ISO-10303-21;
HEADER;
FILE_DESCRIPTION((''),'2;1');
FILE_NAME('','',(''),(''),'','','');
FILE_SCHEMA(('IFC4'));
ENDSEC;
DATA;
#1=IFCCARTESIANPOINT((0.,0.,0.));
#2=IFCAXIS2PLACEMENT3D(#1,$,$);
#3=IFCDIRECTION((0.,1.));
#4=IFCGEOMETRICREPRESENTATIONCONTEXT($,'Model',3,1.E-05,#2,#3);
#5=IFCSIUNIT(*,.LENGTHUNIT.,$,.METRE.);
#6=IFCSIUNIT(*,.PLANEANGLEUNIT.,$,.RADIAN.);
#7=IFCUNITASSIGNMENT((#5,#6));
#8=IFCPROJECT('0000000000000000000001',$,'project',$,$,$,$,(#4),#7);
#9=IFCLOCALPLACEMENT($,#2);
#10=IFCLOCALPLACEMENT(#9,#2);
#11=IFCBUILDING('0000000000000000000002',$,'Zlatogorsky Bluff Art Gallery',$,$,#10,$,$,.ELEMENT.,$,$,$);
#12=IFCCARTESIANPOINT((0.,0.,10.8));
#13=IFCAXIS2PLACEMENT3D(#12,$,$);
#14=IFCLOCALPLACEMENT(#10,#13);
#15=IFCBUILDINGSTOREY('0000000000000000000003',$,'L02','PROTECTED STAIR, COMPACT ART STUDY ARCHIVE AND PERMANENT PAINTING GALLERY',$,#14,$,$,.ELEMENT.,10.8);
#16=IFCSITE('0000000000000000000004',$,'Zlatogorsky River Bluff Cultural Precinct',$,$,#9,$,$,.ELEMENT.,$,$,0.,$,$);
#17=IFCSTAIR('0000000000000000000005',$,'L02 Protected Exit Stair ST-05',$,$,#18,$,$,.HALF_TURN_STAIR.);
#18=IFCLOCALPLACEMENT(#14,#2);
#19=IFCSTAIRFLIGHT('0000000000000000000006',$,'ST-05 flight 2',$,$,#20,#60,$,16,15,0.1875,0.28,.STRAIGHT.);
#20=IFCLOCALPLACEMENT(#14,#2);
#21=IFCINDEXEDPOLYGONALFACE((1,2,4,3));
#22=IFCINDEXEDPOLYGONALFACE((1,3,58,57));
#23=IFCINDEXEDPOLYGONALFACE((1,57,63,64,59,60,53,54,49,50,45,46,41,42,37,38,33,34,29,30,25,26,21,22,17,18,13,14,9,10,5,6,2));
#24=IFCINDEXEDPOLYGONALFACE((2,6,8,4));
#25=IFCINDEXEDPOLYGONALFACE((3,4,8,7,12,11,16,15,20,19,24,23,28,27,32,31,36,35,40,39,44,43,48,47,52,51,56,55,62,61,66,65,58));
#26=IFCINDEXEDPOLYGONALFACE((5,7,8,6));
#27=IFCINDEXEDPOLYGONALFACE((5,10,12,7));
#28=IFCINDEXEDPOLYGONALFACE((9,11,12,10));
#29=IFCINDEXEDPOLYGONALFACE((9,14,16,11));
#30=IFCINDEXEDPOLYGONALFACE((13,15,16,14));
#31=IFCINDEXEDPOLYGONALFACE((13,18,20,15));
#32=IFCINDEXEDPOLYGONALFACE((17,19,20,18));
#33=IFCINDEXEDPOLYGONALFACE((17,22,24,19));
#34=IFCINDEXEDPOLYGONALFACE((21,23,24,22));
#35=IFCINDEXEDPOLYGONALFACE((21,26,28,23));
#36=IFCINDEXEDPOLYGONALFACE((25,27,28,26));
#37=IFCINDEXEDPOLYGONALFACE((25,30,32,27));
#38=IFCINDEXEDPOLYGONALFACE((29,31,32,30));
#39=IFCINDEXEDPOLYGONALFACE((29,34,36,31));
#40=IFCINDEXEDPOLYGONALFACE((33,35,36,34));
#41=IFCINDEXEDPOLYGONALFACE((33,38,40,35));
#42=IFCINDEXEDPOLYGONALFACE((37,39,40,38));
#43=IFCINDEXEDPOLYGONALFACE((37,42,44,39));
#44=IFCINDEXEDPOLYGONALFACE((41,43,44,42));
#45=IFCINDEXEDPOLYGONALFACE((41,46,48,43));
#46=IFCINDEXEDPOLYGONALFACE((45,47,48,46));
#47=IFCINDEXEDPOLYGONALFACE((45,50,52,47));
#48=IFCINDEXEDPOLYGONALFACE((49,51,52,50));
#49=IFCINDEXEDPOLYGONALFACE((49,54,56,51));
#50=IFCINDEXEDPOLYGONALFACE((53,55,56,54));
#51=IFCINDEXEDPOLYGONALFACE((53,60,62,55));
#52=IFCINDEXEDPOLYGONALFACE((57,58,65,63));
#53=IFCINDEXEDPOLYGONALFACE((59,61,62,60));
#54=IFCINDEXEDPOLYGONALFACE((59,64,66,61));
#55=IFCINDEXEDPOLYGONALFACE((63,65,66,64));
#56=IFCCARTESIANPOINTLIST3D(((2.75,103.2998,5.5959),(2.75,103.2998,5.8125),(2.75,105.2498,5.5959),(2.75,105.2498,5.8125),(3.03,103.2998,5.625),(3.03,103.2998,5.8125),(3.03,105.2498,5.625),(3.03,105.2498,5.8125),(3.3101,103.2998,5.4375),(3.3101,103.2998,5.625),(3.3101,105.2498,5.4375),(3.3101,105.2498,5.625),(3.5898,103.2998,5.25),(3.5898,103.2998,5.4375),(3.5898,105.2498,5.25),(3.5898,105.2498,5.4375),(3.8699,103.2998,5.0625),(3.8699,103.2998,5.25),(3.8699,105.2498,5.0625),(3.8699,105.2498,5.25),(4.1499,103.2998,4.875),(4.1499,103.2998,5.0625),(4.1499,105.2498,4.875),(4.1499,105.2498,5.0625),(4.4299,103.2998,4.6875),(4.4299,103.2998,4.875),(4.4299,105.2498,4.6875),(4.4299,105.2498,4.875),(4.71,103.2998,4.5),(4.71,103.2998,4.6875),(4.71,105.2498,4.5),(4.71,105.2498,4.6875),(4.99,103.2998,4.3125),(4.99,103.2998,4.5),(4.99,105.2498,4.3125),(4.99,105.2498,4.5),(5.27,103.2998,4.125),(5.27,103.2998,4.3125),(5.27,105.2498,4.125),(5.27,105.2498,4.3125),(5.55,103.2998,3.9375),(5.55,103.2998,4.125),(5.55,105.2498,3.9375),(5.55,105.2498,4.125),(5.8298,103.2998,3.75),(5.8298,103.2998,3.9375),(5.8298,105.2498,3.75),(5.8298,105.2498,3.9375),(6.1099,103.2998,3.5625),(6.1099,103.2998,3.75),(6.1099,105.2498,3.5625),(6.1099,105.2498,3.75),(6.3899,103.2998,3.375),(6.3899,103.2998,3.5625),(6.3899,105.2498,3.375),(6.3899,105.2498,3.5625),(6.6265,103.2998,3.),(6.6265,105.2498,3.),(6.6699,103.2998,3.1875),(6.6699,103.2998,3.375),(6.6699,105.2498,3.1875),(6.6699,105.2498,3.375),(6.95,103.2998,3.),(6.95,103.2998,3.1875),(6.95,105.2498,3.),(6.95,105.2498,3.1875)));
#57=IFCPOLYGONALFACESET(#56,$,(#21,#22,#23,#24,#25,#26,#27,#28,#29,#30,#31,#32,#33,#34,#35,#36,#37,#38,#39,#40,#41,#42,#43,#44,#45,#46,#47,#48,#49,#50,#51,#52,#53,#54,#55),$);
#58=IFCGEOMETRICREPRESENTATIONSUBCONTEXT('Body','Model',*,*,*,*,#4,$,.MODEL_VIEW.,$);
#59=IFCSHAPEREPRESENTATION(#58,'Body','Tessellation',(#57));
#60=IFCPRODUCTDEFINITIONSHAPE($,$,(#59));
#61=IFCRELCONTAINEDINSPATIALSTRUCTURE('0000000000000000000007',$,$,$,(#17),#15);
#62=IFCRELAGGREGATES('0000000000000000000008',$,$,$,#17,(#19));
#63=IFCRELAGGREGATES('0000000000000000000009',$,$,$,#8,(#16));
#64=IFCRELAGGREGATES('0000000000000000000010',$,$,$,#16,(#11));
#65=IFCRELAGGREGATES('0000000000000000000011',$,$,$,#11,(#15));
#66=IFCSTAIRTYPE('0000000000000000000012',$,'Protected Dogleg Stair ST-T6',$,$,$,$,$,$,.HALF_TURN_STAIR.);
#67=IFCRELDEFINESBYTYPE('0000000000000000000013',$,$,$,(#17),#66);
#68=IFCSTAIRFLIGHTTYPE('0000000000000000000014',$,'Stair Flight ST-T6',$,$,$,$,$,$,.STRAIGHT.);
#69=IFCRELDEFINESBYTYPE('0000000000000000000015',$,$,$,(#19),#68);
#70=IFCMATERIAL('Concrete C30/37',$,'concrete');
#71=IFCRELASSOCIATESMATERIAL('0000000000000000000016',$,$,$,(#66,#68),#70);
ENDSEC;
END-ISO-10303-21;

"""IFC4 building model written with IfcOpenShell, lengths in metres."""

from ifc_helpers import new_model, si_unit, direction, frame, origin, place, context, subcontext, project, spatial, polyline, outline, extrude, material, type_object, element, aggregate, save


model = new_model("IFC4")

# Units and contexts
model_context = context("Model", 3, precision=1e-05, world=origin(), true_north=direction((0.0, 1.0)))
body_context = subcontext(model_context, "Body", "Model", "MODEL_VIEW")
ifc_project = project(units=[si_unit("LENGTHUNIT", "METRE"), si_unit("PLANEANGLEUNIT", "RADIAN")], contexts=[model_context])

# Site, building, storey
site_placement = place(None, origin())
site = spatial("IfcSite", under=ifc_project, at=site_placement, Name="Zlatogorsky River Bluff Cultural Precinct", CompositionType="ELEMENT", RefElevation=0.0)
building_placement = place(site_placement, origin())
building = spatial("IfcBuilding", under=site, at=building_placement, Name="Zlatogorsky Bluff Art Gallery", CompositionType="ELEMENT")
storey_placement = place(building_placement, frame((0.0, 0.0, 10.8)))
storey = spatial("IfcBuildingStorey", under=building, at=storey_placement, Name="L02", Description="PROTECTED STAIR, COMPACT ART STUDY ARCHIVE AND PERMANENT PAINTING GALLERY", CompositionType="ELEMENT", Elevation=10.8)

# Shared definitions
ifc_material_1 = material(Name="Concrete C30/37", Category="concrete")

# Stair, stair flight
stair_type = type_object("IfcStairType", Name="Protected Dogleg Stair ST-T6", PredefinedType="HALF_TURN_STAIR", material=ifc_material_1)
stair_placement = place(storey_placement, origin())
stair = element("IfcStair", 1, at=stair_placement, inside=storey, type_object=stair_type, Name="L02 Protected Exit Stair ST-05", PredefinedType="HALF_TURN_STAIR")
stair_flight_type = type_object("IfcStairFlightType", Name="Stair Flight ST-T6", PredefinedType="STRAIGHT", material=ifc_material_1)
stair_flight_1_placement = place(storey_placement, frame((6.95, 104.2749, 3.0), z_axis=(0.0, 0.0, 1.0), x_axis=(-1.0, 0.0, 0.0)))
stair_flight_1 = element("IfcStairFlight", 2, at=stair_flight_1_placement, type_object=stair_flight_type, Name="ST-05 flight 2", NumberOfRisers=16, NumberOfTreads=15, PredefinedType="STRAIGHT", RiserHeight=0.1875, TreadLength=0.28, context=body_context, shape_type="SweptSolid", body=[
    extrude(outline(polyline([(0.0, 0.0), (0.0, 0.1875), (0.28, 0.1875), (0.28, 0.375), (0.5601, 0.375), (0.5601, 0.5625), (0.8401, 0.5625), (0.8401, 0.75), (1.1201, 0.75), (1.1201, 0.9375), (1.3999, 0.9375), (1.3999, 1.125), (1.6799, 1.125), (1.6799, 1.3125), (1.96, 1.3125), (1.96, 1.5), (2.24, 1.5), (2.24, 1.6875), (2.52, 1.6875), (2.52, 1.875), (2.8, 1.875), (2.8, 2.0625), (3.0801, 2.0625), (3.0801, 2.25), (3.3601, 2.25), (3.3601, 2.4375), (3.6399, 2.4375), (3.6399, 2.625), (3.9199, 2.625), (3.9199, 2.8125), (4.2, 2.8125), (4.2, 3.0), (4.2, 2.5959), (0.3235, 0.0), (0.0, 0.0)])), frame((0.0, 0.9751, 0.0), z_axis=(0.0, -1.0, 0.0), x_axis=(1.0, 0.0, 0.0)), (0.0, 0.0, 1.0), 1.95),
])
aggregate(stair, [stair_flight_1])

save(model, "model.ifc")
